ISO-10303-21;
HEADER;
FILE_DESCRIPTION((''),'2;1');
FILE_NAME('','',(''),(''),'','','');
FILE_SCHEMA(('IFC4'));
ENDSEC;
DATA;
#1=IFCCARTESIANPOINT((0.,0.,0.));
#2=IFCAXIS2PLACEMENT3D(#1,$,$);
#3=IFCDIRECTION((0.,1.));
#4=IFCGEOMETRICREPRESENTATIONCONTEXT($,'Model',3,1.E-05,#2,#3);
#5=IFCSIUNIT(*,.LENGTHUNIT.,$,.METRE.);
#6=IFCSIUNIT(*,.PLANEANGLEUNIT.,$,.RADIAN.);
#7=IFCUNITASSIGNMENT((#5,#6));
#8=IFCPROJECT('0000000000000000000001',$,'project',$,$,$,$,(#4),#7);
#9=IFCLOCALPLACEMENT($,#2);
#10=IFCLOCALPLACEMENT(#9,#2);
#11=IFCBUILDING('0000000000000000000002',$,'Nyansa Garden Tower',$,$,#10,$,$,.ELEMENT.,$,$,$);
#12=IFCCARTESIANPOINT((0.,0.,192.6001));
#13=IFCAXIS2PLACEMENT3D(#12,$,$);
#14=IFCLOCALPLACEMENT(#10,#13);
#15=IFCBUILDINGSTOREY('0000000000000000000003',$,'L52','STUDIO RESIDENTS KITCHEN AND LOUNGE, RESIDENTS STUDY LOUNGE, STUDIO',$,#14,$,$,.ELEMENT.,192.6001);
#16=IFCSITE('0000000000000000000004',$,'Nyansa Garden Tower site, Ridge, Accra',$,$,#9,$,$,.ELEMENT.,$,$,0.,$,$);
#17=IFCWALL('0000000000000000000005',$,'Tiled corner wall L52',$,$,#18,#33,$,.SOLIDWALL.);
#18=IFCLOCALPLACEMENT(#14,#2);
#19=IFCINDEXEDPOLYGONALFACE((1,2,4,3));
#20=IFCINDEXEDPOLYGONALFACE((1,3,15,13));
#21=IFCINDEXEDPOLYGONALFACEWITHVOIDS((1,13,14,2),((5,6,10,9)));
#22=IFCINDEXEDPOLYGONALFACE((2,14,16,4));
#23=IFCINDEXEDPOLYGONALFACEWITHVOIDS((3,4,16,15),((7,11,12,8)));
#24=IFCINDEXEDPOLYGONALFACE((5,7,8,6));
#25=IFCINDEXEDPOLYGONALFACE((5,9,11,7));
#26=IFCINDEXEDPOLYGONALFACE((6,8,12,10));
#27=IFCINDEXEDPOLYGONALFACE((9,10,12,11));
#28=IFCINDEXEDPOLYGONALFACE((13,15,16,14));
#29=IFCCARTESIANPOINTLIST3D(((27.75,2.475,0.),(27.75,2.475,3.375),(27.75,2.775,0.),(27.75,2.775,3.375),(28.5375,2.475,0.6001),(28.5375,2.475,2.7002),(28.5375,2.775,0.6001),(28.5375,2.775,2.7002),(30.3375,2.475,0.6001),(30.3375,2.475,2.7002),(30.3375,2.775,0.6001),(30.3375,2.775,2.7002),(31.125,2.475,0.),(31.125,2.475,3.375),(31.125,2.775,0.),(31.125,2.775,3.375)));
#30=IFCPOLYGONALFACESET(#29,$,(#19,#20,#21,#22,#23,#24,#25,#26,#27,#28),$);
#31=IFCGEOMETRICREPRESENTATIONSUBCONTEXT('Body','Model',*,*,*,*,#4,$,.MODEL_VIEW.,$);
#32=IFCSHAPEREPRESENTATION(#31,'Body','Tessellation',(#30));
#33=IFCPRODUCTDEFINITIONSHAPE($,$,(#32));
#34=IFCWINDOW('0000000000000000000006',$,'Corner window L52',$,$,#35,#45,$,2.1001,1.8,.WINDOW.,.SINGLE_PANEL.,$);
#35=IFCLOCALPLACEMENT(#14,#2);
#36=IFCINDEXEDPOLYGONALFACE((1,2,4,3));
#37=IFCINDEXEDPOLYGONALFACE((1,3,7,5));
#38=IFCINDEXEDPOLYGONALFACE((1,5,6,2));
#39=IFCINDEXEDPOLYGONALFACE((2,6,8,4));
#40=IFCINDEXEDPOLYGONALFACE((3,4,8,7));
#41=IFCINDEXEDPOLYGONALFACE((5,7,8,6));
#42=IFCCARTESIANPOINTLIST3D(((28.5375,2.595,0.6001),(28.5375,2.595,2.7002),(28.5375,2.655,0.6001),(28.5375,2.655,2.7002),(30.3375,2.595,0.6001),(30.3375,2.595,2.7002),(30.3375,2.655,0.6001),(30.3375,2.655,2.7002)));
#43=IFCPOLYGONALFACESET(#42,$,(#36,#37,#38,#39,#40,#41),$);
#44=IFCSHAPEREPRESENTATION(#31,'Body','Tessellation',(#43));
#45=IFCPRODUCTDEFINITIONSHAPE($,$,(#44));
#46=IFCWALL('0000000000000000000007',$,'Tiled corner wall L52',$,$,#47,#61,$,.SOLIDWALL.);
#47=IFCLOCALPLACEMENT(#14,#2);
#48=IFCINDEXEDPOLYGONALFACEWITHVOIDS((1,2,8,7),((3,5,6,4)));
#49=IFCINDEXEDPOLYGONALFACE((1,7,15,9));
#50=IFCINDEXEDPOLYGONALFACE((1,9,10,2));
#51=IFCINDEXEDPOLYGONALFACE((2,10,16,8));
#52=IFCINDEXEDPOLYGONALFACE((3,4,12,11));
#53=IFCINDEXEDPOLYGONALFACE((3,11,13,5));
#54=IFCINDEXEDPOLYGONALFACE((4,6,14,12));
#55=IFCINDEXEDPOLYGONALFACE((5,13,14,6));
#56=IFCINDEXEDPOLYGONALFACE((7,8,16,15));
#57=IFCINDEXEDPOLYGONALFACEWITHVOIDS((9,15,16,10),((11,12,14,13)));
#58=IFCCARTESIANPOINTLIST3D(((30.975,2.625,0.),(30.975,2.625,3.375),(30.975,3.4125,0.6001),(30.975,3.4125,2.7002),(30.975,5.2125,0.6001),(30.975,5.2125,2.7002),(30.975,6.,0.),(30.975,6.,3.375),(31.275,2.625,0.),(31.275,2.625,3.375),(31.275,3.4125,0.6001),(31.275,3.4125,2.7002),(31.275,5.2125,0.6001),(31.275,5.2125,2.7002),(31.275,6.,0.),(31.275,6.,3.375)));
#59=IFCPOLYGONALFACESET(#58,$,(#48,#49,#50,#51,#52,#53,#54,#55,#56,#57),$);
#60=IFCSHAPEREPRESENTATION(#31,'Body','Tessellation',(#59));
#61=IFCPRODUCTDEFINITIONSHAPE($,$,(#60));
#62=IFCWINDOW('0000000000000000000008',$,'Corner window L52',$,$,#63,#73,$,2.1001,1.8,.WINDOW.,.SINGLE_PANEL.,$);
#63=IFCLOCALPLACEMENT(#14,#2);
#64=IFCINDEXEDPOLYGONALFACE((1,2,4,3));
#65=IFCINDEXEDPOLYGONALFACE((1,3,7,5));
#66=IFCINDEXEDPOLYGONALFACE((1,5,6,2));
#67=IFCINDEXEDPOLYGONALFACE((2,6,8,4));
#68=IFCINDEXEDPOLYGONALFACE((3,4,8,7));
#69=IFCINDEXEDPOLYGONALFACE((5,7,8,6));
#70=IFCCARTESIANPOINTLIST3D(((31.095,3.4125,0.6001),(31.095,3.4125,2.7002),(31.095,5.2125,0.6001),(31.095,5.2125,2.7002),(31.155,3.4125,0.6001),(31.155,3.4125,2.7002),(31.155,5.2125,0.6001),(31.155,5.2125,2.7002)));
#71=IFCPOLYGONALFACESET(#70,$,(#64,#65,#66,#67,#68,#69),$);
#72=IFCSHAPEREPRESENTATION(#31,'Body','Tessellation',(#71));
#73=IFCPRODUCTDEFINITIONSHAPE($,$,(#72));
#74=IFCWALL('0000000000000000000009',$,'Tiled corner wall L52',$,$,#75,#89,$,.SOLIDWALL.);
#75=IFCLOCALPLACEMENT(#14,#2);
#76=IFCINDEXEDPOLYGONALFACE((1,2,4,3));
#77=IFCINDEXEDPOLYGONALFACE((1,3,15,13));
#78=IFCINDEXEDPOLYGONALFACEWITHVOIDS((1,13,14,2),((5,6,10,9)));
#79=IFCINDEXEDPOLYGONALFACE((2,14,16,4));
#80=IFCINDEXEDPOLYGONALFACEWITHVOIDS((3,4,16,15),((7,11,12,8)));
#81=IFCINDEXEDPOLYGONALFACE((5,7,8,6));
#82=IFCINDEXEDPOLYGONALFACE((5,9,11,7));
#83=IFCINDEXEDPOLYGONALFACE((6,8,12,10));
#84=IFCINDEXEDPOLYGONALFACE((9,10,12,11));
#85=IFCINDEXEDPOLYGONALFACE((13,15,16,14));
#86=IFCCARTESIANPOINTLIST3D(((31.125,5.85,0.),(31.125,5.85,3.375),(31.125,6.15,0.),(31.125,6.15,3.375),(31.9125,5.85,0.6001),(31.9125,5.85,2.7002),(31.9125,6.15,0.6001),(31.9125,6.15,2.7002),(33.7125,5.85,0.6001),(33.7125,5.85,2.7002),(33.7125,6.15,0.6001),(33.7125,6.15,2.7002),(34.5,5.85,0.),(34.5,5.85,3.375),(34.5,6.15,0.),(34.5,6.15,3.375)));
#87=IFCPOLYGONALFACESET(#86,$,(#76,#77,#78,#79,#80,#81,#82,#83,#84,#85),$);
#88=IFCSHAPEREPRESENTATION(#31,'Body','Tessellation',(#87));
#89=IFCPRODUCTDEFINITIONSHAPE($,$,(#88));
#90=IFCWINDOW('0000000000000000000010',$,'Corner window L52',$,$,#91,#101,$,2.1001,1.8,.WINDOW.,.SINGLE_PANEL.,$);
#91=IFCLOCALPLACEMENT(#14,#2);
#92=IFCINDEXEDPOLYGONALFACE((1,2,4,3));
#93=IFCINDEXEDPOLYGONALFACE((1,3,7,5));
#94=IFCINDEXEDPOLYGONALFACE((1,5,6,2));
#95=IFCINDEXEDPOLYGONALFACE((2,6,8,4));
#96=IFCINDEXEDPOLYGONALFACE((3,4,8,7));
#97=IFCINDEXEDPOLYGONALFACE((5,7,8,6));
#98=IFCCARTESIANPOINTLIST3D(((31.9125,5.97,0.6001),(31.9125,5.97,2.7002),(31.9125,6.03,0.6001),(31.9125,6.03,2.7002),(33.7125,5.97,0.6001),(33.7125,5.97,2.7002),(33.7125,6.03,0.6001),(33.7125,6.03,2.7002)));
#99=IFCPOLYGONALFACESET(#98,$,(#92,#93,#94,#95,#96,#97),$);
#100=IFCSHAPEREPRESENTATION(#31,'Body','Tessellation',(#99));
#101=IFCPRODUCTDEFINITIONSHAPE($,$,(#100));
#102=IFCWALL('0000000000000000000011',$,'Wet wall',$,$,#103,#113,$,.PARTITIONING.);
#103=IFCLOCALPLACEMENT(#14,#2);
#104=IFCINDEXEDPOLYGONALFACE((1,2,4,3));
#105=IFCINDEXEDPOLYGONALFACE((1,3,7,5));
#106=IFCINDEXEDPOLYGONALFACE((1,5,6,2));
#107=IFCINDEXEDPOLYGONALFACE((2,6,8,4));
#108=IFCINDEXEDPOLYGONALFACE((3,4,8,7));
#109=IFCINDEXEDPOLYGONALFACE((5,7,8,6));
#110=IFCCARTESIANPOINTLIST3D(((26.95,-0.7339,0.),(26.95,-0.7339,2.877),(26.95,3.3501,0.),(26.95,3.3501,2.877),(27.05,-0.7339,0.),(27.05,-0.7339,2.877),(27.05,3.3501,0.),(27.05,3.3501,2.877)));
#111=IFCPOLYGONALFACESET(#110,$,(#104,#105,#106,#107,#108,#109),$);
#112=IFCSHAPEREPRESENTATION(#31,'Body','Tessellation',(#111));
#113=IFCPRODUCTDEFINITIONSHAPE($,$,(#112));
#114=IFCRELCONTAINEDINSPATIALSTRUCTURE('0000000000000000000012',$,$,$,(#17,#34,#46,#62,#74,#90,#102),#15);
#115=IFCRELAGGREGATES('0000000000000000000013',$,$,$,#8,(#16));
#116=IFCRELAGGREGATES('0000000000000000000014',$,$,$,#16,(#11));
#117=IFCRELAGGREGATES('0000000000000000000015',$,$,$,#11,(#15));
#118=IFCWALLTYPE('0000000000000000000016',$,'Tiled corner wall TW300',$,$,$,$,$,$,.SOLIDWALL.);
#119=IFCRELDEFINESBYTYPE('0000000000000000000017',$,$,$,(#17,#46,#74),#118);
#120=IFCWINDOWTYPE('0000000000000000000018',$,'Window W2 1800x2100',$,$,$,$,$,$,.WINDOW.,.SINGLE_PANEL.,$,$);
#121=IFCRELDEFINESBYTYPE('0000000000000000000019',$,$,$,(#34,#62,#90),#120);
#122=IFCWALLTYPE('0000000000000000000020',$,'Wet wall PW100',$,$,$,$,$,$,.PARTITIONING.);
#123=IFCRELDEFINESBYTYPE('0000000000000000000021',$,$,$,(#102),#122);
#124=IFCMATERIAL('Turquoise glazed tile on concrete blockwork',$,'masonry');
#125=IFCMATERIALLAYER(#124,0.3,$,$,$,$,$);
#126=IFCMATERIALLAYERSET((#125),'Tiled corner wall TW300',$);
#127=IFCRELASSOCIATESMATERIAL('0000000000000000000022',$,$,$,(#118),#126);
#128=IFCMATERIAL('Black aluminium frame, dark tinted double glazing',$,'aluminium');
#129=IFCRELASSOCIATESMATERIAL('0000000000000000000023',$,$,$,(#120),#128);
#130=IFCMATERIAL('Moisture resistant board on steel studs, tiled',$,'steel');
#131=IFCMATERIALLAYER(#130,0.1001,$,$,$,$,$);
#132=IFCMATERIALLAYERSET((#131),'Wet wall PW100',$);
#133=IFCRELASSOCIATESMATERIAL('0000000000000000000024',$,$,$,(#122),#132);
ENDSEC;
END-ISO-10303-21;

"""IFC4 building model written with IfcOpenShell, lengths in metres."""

from ifc_helpers import new_model, si_unit, direction, frame, frame_2d, origin, place, context, subcontext, project, spatial, rectangle, extrude, material, layer, layer_set, type_object, element, fill, save


model = new_model("IFC4")

# Units and contexts
model_context = context("Model", 3, precision=1e-05, world=origin(), true_north=direction((0.0, 1.0)))
body_context = subcontext(model_context, "Body", "Model", "MODEL_VIEW")
ifc_project = project(units=[si_unit("LENGTHUNIT", "METRE"), si_unit("PLANEANGLEUNIT", "RADIAN")], contexts=[model_context])

# Site, building, storey
site_placement = place(None, origin())
site = spatial("IfcSite", under=ifc_project, at=site_placement, Name="Nyansa Garden Tower site, Ridge, Accra", CompositionType="ELEMENT", RefElevation=0.0)
building_placement = place(site_placement, origin())
building = spatial("IfcBuilding", under=site, at=building_placement, Name="Nyansa Garden Tower", CompositionType="ELEMENT")
storey_placement = place(building_placement, frame((0.0, 0.0, 192.6001)))
storey = spatial("IfcBuildingStorey", under=building, at=storey_placement, Name="L52", Description="STUDIO RESIDENTS KITCHEN AND LOUNGE, RESIDENTS STUDY LOUNGE, STUDIO", CompositionType="ELEMENT", Elevation=192.6001)

# Walls, openings, windows
ifc_material_1 = material(Name="Turquoise glazed tile on concrete blockwork", Category="masonry")
ifc_layer_1 = layer(ifc_material_1, 0.3)
ifc_layer_set_1 = layer_set([ifc_layer_1], Name="Tiled corner wall TW300")
wall_type_1 = type_object("IfcWallType", Name="Tiled corner wall TW300", PredefinedType="SOLIDWALL", material=ifc_layer_set_1)
ifc_material_2 = material(Name="Black aluminium frame, dark tinted double glazing", Category="aluminium")
window_type = type_object("IfcWindowType", Name="Window W2 1800x2100", PartitioningType="SINGLE_PANEL", PredefinedType="WINDOW", material=ifc_material_2)
wall_1_placement = place(storey_placement, frame((27.75, 2.625, 0.0), z_axis=(0.0, 0.0, 1.0), x_axis=(1.0, 0.0, 0.0)))
wall_1 = element("IfcWall", 1, at=wall_1_placement, inside=storey, type_object=wall_type_1, Name="Tiled corner wall L52", PredefinedType="SOLIDWALL", context=body_context, shape_type="SweptSolid", body=[
    extrude(rectangle(XDim=3.375, YDim=0.3, at=frame_2d((1.6875, 0.0))), origin(), (0.0, 0.0, 1.0), 3.375),
])
opening_1_placement = place(wall_1_placement, frame((0.7876, 0.0, 0.6001)))
opening_1 = element("IfcOpeningElement", 2, at=opening_1_placement, cuts=wall_1, PredefinedType="OPENING", context=body_context, shape_type="SweptSolid", body=[
    extrude(rectangle(XDim=1.8, YDim=2.1001, at=frame_2d((0.8999, 1.05))), frame((0.0, 0.1599, 0.0), z_axis=(0.0, -1.0, 0.0), x_axis=(1.0, 0.0, 0.0)), (0.0, 0.0, 1.0), 0.3201),
])
window_1_placement = place(opening_1_placement, origin())
window_1 = element("IfcWindow", 3, at=window_1_placement, inside=storey, type_object=window_type, Name="Corner window L52", OverallHeight=2.1001, OverallWidth=1.8, PartitioningType="SINGLE_PANEL", PredefinedType="WINDOW", context=body_context, shape_type="SweptSolid", body=[
    extrude(rectangle(XDim=1.8, YDim=2.1001, at=frame_2d((0.8999, 1.05))), frame((0.0, 0.03, 0.0), z_axis=(0.0, -1.0, 0.0), x_axis=(1.0, 0.0, 0.0)), (0.0, 0.0, 1.0), 0.0601),
])
fill(opening_1, window_1)
wall_2_placement = place(storey_placement, frame((31.125, 2.625, 0.0), z_axis=(0.0, 0.0, 1.0), x_axis=(0.0, 1.0, 0.0)))
wall_2 = element("IfcWall", 4, at=wall_2_placement, inside=storey, type_object=wall_type_1, Name="Tiled corner wall L52", PredefinedType="SOLIDWALL", context=body_context, shape_type="SweptSolid", body=[
    extrude(rectangle(XDim=3.375, YDim=0.3, at=frame_2d((1.6875, 0.0))), origin(), (0.0, 0.0, 1.0), 3.375),
])
opening_2_placement = place(wall_2_placement, frame((0.7876, 0.0, 0.6001)))
opening_2 = element("IfcOpeningElement", 5, at=opening_2_placement, cuts=wall_2, PredefinedType="OPENING", context=body_context, shape_type="SweptSolid", body=[
    extrude(rectangle(XDim=1.8, YDim=2.1001, at=frame_2d((0.8999, 1.05))), frame((0.0, 0.1599, 0.0), z_axis=(0.0, -1.0, 0.0), x_axis=(1.0, 0.0, 0.0)), (0.0, 0.0, 1.0), 0.3201),
])
window_2_placement = place(opening_2_placement, origin())
window_2 = element("IfcWindow", 6, at=window_2_placement, inside=storey, type_object=window_type, Name="Corner window L52", OverallHeight=2.1001, OverallWidth=1.8, PartitioningType="SINGLE_PANEL", PredefinedType="WINDOW", context=body_context, shape_type="SweptSolid", body=[
    extrude(rectangle(XDim=1.8, YDim=2.1001, at=frame_2d((0.8999, 1.05))), frame((0.0, 0.03, 0.0), z_axis=(0.0, -1.0, 0.0), x_axis=(1.0, 0.0, 0.0)), (0.0, 0.0, 1.0), 0.0601),
])
fill(opening_2, window_2)
wall_3_placement = place(storey_placement, frame((31.125, 6.0, 0.0), z_axis=(0.0, 0.0, 1.0), x_axis=(1.0, 0.0, 0.0)))
wall_3 = element("IfcWall", 7, at=wall_3_placement, inside=storey, type_object=wall_type_1, Name="Tiled corner wall L52", PredefinedType="SOLIDWALL", context=body_context, shape_type="SweptSolid", body=[
    extrude(rectangle(XDim=3.375, YDim=0.3, at=frame_2d((1.6875, 0.0))), origin(), (0.0, 0.0, 1.0), 3.375),
])
opening_3_placement = place(wall_3_placement, frame((0.7876, 0.0, 0.6001)))
opening_3 = element("IfcOpeningElement", 8, at=opening_3_placement, cuts=wall_3, PredefinedType="OPENING", context=body_context, shape_type="SweptSolid", body=[
    extrude(rectangle(XDim=1.8, YDim=2.1001, at=frame_2d((0.8999, 1.05))), frame((0.0, 0.1599, 0.0), z_axis=(0.0, -1.0, 0.0), x_axis=(1.0, 0.0, 0.0)), (0.0, 0.0, 1.0), 0.3201),
])
window_3_placement = place(opening_3_placement, origin())
window_3 = element("IfcWindow", 9, at=window_3_placement, inside=storey, type_object=window_type, Name="Corner window L52", OverallHeight=2.1001, OverallWidth=1.8, PartitioningType="SINGLE_PANEL", PredefinedType="WINDOW", context=body_context, shape_type="SweptSolid", body=[
    extrude(rectangle(XDim=1.8, YDim=2.1001, at=frame_2d((0.8999, 1.05))), frame((0.0, 0.03, 0.0), z_axis=(0.0, -1.0, 0.0), x_axis=(1.0, 0.0, 0.0)), (0.0, 0.0, 1.0), 0.0601),
])
fill(opening_3, window_3)

# Wall
ifc_material_3 = material(Name="Moisture resistant board on steel studs, tiled", Category="steel")
ifc_layer_2 = layer(ifc_material_3, 0.1001)
ifc_layer_set_2 = layer_set([ifc_layer_2], Name="Wet wall PW100")
wall_type_2 = type_object("IfcWallType", Name="Wet wall PW100", PredefinedType="PARTITIONING", material=ifc_layer_set_2)
wall_4_placement = place(storey_placement, frame((27.0, -0.7339, 0.0), z_axis=(0.0, 0.0, 1.0), x_axis=(0.0, 1.0, 0.0)))
element("IfcWall", 10, at=wall_4_placement, inside=storey, type_object=wall_type_2, Name="Wet wall", PredefinedType="PARTITIONING", context=body_context, shape_type="SweptSolid", body=[
    extrude(rectangle(XDim=4.084, YDim=0.1001, at=frame_2d((2.042, 0.0))), origin(), (0.0, 0.0, 1.0), 2.877),
])

save(model, "model.ifc")
